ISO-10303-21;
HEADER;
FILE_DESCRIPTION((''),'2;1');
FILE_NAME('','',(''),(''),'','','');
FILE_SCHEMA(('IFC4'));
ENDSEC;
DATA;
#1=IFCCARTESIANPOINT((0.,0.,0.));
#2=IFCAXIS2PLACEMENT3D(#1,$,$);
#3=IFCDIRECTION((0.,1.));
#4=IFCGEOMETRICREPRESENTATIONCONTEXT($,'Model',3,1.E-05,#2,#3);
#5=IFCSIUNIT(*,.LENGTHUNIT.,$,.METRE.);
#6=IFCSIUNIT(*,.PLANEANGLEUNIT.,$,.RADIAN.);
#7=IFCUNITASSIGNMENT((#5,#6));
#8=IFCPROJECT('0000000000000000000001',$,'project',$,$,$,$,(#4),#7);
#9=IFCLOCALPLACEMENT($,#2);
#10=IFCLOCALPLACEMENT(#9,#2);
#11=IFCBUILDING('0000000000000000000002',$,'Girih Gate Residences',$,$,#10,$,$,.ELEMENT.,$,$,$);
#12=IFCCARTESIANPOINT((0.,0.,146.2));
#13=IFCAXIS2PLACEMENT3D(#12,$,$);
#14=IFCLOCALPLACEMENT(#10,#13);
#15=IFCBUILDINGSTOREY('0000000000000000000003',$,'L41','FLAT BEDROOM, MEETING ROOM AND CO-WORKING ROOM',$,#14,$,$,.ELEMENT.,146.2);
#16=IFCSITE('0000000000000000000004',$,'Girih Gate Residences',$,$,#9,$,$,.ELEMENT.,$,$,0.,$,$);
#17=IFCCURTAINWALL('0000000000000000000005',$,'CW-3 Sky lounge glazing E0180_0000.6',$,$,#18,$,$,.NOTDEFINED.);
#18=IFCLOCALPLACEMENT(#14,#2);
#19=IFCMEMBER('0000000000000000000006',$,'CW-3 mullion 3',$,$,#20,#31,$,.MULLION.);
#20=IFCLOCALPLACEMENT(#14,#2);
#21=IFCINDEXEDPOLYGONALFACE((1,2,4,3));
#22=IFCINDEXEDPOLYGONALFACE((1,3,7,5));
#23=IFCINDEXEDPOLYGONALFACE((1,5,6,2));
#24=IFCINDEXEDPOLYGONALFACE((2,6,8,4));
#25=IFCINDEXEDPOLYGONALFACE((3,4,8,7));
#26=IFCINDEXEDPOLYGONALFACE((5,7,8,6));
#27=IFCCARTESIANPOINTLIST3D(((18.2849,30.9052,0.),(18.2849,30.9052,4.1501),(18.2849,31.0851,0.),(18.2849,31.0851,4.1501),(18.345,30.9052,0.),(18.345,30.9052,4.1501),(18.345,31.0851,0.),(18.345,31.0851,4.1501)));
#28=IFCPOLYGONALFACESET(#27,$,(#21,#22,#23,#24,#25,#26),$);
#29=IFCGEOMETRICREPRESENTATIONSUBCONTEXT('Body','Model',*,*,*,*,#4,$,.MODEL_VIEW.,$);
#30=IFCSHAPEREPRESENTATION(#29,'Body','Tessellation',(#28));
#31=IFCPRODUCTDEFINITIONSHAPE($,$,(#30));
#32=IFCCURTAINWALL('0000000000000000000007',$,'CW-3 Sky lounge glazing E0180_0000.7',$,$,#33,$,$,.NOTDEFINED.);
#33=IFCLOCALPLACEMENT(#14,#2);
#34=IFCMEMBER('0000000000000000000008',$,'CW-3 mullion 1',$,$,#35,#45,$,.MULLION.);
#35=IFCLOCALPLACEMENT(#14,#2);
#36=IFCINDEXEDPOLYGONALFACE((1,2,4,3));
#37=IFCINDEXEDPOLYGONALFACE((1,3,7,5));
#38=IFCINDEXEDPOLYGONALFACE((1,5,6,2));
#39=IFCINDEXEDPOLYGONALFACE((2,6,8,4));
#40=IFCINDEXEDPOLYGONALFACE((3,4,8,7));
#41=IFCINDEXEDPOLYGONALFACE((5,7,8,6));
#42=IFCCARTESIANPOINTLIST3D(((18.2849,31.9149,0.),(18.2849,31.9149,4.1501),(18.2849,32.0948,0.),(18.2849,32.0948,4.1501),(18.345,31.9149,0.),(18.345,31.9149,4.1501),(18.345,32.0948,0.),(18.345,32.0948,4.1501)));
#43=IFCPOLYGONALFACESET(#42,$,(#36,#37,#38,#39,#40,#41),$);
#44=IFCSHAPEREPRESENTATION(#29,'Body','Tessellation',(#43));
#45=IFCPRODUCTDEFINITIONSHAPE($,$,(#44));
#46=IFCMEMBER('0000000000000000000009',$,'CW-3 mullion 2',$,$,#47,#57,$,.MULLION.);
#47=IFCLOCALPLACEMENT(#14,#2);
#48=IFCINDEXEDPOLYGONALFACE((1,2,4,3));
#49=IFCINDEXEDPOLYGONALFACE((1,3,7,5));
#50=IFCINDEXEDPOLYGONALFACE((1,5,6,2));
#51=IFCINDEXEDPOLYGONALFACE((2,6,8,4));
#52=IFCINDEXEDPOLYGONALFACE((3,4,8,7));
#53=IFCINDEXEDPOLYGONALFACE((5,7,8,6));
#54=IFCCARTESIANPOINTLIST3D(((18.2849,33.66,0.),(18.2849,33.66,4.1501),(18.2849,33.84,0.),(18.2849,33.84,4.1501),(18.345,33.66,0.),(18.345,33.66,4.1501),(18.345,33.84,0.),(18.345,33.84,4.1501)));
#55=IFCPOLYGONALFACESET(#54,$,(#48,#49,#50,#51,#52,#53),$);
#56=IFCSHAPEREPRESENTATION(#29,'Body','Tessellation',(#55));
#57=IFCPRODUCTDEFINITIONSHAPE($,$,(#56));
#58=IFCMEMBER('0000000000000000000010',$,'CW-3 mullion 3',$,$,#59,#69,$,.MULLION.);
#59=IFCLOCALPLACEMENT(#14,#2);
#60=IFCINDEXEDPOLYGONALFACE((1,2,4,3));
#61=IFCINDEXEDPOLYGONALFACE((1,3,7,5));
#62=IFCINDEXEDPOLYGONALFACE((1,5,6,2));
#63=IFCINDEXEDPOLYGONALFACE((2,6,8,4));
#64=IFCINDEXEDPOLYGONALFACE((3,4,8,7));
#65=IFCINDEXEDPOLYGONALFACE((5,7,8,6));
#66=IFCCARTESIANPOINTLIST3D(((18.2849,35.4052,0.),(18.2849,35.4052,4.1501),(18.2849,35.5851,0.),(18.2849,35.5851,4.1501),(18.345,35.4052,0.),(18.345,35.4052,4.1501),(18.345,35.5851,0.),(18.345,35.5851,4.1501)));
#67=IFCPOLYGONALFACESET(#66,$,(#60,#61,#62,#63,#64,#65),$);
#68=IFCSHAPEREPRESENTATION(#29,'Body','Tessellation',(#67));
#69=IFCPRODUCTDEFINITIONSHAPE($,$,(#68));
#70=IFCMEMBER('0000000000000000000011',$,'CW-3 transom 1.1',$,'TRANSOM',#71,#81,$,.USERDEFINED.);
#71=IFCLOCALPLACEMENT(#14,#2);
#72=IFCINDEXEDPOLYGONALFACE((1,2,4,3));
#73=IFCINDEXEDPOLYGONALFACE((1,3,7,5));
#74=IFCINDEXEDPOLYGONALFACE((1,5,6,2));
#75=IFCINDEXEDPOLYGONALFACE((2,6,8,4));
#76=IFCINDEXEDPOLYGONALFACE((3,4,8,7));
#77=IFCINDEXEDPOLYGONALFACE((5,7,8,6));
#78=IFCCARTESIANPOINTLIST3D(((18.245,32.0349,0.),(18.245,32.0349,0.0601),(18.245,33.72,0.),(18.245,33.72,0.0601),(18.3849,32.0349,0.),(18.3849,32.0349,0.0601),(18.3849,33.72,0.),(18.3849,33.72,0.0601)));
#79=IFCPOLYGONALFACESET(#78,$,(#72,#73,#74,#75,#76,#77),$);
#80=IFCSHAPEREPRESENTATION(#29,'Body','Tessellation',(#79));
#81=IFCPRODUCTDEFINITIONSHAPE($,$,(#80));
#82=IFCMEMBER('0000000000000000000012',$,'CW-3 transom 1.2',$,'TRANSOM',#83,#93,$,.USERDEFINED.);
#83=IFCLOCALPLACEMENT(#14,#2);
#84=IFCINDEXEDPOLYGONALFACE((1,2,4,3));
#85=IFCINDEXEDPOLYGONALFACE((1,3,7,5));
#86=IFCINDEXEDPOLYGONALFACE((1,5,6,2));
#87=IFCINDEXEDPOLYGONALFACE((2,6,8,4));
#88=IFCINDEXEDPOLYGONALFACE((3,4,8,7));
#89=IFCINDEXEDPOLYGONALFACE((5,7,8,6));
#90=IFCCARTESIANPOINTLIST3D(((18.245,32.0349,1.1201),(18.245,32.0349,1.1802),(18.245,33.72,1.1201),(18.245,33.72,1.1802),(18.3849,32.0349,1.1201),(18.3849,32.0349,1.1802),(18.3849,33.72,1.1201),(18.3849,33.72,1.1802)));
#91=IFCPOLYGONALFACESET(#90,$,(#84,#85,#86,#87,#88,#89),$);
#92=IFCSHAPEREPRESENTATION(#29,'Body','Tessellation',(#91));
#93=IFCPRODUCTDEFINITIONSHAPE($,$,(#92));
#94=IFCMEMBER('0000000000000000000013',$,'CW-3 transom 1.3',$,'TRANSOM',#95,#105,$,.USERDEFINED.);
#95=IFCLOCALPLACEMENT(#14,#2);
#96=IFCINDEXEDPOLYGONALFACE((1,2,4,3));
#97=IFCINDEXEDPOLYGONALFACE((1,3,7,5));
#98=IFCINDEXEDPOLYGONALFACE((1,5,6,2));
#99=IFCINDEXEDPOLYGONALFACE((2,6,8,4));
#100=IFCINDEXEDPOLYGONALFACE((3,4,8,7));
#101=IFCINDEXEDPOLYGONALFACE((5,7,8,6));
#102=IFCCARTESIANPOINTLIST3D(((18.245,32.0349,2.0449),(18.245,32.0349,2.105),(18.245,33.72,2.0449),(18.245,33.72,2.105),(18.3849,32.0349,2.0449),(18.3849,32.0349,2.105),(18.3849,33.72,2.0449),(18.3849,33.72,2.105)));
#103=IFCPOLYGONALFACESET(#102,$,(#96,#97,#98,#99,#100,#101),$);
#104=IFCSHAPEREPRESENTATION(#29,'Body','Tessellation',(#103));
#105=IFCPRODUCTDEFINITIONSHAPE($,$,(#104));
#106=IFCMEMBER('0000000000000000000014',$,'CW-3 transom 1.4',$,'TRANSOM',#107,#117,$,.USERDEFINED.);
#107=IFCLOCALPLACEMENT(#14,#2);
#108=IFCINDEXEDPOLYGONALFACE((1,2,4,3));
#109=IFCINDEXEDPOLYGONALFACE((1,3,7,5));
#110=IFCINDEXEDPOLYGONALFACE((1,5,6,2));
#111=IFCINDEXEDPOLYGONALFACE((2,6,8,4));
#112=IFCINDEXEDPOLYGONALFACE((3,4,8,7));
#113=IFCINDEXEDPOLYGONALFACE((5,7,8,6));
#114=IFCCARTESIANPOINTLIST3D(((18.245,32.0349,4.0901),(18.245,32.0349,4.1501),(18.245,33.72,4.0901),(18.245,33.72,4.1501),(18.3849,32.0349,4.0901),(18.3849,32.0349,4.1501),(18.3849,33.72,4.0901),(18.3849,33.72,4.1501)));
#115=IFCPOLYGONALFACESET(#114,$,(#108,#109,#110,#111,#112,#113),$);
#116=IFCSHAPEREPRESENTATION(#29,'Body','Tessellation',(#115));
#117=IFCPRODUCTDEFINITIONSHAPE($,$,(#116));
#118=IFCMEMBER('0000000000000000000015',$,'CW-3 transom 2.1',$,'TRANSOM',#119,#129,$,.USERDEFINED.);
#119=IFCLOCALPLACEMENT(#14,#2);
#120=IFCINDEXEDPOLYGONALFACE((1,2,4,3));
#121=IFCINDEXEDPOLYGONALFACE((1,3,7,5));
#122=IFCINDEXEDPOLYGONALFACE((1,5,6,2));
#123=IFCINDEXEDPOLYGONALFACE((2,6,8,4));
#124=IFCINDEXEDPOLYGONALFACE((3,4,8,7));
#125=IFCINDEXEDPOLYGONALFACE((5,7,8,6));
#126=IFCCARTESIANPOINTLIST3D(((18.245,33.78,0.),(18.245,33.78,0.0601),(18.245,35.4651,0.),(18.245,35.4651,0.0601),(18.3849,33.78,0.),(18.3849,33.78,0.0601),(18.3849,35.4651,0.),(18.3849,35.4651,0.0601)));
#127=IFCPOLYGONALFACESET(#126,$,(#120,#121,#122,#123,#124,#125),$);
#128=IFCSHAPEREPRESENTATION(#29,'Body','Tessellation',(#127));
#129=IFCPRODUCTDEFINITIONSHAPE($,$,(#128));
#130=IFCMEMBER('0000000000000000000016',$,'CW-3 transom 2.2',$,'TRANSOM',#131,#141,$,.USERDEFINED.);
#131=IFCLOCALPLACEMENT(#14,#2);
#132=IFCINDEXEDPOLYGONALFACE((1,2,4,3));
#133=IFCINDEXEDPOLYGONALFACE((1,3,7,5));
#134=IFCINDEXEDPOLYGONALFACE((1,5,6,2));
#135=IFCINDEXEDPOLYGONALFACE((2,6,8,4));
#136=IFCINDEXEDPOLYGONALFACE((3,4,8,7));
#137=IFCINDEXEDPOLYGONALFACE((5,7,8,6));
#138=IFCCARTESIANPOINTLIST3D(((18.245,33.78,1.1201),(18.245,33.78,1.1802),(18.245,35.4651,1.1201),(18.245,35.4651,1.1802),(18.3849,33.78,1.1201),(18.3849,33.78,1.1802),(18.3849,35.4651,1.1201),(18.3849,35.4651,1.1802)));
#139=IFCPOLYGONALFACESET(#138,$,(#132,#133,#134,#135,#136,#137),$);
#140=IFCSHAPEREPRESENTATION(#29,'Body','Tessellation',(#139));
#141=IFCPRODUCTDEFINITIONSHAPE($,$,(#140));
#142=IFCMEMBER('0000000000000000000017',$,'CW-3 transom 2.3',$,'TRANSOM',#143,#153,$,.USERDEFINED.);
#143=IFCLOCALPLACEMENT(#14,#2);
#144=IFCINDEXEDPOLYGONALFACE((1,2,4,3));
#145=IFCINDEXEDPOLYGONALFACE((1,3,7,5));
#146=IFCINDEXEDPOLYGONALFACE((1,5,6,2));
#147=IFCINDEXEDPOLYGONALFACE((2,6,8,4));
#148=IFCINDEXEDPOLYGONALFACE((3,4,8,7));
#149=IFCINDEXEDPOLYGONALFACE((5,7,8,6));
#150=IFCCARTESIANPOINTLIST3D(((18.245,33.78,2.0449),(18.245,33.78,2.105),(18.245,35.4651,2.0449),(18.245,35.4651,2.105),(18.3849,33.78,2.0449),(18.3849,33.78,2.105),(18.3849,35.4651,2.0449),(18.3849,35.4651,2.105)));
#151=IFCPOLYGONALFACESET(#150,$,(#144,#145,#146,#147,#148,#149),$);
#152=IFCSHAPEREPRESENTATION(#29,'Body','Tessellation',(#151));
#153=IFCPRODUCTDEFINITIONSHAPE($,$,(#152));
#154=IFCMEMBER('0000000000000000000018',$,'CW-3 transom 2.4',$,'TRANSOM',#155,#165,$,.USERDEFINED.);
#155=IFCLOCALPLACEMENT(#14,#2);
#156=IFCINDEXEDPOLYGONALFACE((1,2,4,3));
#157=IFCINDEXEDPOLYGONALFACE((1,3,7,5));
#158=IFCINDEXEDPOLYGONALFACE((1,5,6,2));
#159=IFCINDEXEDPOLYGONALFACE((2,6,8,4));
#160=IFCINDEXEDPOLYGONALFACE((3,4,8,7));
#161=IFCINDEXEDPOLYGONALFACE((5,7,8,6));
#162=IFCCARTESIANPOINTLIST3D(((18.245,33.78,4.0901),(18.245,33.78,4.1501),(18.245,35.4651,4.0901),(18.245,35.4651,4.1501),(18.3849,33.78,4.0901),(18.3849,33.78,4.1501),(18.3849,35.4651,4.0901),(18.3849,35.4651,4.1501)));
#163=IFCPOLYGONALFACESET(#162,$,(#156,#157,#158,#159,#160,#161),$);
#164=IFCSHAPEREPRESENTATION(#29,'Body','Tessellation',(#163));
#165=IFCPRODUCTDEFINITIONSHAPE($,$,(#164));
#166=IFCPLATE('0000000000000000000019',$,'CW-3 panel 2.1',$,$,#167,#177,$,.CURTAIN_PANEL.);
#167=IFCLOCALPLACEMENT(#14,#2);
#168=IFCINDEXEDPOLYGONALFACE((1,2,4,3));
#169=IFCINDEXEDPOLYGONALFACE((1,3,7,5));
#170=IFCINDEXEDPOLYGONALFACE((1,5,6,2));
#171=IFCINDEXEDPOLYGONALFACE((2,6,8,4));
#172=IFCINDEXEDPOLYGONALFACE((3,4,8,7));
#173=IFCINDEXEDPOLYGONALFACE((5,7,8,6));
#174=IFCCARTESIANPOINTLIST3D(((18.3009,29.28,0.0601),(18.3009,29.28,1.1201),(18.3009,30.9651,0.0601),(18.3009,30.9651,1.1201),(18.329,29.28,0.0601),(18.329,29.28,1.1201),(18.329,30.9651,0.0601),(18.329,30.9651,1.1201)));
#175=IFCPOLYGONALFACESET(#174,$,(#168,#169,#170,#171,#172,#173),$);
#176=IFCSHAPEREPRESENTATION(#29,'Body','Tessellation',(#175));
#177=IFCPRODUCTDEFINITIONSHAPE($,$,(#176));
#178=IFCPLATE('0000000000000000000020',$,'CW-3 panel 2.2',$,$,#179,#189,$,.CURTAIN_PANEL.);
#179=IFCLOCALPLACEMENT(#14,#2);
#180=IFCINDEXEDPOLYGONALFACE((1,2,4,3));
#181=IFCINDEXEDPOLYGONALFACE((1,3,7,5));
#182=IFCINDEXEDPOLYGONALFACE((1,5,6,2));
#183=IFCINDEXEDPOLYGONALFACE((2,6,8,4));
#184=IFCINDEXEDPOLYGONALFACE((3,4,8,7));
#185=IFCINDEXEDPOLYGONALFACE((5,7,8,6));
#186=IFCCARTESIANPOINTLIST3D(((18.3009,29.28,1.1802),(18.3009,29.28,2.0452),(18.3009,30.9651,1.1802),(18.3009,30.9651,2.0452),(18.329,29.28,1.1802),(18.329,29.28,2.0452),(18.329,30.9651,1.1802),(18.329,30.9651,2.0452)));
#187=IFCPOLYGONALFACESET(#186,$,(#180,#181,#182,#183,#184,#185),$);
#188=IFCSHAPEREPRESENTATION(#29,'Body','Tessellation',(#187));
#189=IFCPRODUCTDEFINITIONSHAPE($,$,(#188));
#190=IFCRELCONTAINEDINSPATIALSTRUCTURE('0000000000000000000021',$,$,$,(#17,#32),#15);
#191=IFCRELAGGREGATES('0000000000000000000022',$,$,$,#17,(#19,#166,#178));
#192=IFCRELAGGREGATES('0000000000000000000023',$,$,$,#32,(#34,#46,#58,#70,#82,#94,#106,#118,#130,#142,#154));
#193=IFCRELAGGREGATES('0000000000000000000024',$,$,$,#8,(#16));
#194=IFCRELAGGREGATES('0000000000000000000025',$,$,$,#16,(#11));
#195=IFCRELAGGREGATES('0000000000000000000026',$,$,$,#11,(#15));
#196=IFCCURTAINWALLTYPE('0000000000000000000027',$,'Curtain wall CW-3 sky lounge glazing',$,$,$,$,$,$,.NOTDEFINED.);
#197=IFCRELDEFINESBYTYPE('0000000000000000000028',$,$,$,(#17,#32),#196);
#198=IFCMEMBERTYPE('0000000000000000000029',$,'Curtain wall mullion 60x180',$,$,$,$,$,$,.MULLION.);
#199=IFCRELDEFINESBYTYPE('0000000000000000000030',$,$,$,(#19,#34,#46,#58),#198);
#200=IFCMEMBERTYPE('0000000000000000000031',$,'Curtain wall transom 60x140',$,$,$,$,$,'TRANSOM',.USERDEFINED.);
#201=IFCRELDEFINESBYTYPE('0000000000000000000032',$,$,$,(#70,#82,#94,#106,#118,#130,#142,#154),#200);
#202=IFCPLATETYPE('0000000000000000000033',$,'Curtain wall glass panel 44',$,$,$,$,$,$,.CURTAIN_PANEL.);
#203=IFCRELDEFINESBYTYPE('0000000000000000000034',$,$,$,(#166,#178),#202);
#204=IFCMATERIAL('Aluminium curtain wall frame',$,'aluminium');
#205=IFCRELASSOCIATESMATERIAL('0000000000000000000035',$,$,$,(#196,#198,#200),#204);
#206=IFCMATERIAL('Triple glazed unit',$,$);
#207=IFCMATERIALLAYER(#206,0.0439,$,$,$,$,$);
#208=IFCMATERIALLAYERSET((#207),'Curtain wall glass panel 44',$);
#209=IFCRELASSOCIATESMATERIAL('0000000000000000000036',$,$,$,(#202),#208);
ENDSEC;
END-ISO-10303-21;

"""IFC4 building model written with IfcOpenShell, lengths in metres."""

from ifc_helpers import new_model, si_unit, direction, frame, origin, origin_2d, place, context, subcontext, project, spatial, rectangle, extrude, material, layer, layer_set, material_profile, profile_set, type_object, element, aggregate, save


model = new_model("IFC4")

# Units and contexts
model_context = context("Model", 3, precision=1e-05, world=origin(), true_north=direction((0.0, 1.0)))
body_context = subcontext(model_context, "Body", "Model", "MODEL_VIEW")
ifc_project = project(units=[si_unit("LENGTHUNIT", "METRE"), si_unit("PLANEANGLEUNIT", "RADIAN")], contexts=[model_context])

# Site, building, storey
site_placement = place(None, origin())
site = spatial("IfcSite", under=ifc_project, at=site_placement, Name="Girih Gate Residences", CompositionType="ELEMENT", RefElevation=0.0)
building_placement = place(site_placement, origin())
building = spatial("IfcBuilding", under=site, at=building_placement, Name="Girih Gate Residences", CompositionType="ELEMENT")
storey_placement = place(building_placement, frame((0.0, 0.0, 146.2)))
storey = spatial("IfcBuildingStorey", under=building, at=storey_placement, Name="L41", Description="FLAT BEDROOM, MEETING ROOM AND CO-WORKING ROOM", CompositionType="ELEMENT", Elevation=146.2)

# Curtain wall, member
ifc_material_1 = material(Name="Aluminium curtain wall frame", Category="aluminium")
curtain_wall_type = type_object("IfcCurtainWallType", Name="Curtain wall CW-3 sky lounge glazing", PredefinedType="NOTDEFINED", material=ifc_material_1)
curtain_wall_1_placement = place(storey_placement, origin())
curtain_wall_1 = element("IfcCurtainWall", 1, at=curtain_wall_1_placement, inside=storey, type_object=curtain_wall_type, Name="CW-3 Sky lounge glazing E0180_0000.6", PredefinedType="NOTDEFINED")
ifc_material_profile_1 = material_profile(ifc_material_1, rectangle(XDim=0.0601, YDim=0.1799, at=origin_2d()))
ifc_profile_set_1 = profile_set([ifc_material_profile_1], Name="Aluminium curtain wall frame")
member_type_1 = type_object("IfcMemberType", Name="Curtain wall mullion 60x180", PredefinedType="MULLION", material=ifc_profile_set_1)
member_1_placement = place(storey_placement, frame((18.3149, 30.9951, 0.0), z_axis=(0.0, 0.0, 1.0), x_axis=(-1.0, 0.0, 0.0)))
member_1 = element("IfcMember", 2, at=member_1_placement, type_object=member_type_1, Name="CW-3 mullion 3", PredefinedType="MULLION", context=body_context, shape_type="SweptSolid", body=[
    extrude(rectangle(XDim=0.0601, YDim=0.1799, at=origin_2d()), origin(), (0.0, 0.0, 1.0), 4.1501),
])

# Curtain wall, members
curtain_wall_2_placement = place(storey_placement, origin())
curtain_wall_2 = element("IfcCurtainWall", 3, at=curtain_wall_2_placement, inside=storey, type_object=curtain_wall_type, Name="CW-3 Sky lounge glazing E0180_0000.7", PredefinedType="NOTDEFINED")
member_2_placement = place(storey_placement, frame((18.3149, 32.0049, 0.0), z_axis=(0.0, 0.0, 1.0), x_axis=(-1.0, 0.0, 0.0)))
member_2 = element("IfcMember", 4, at=member_2_placement, type_object=member_type_1, Name="CW-3 mullion 1", PredefinedType="MULLION", context=body_context, shape_type="SweptSolid", body=[
    extrude(rectangle(XDim=0.0601, YDim=0.1799, at=origin_2d()), origin(), (0.0, 0.0, 1.0), 4.1501),
])
member_3_placement = place(storey_placement, frame((18.3149, 33.75, 0.0), z_axis=(0.0, 0.0, 1.0), x_axis=(-1.0, 0.0, 0.0)))
member_3 = element("IfcMember", 5, at=member_3_placement, type_object=member_type_1, Name="CW-3 mullion 2", PredefinedType="MULLION", context=body_context, shape_type="SweptSolid", body=[
    extrude(rectangle(XDim=0.0601, YDim=0.1799, at=origin_2d()), origin(), (0.0, 0.0, 1.0), 4.1501),
])
member_4_placement = place(storey_placement, frame((18.3149, 35.4951, 0.0), z_axis=(0.0, 0.0, 1.0), x_axis=(-1.0, 0.0, 0.0)))
member_4 = element("IfcMember", 6, at=member_4_placement, type_object=member_type_1, Name="CW-3 mullion 3", PredefinedType="MULLION", context=body_context, shape_type="SweptSolid", body=[
    extrude(rectangle(XDim=0.0601, YDim=0.1799, at=origin_2d()), origin(), (0.0, 0.0, 1.0), 4.1501),
])
ifc_material_profile_2 = material_profile(ifc_material_1, rectangle(XDim=0.1399, YDim=0.0601, at=origin_2d()))
ifc_profile_set_2 = profile_set([ifc_material_profile_2], Name="Aluminium curtain wall frame")
member_type_2 = type_object("IfcMemberType", Name="Curtain wall transom 60x140", ElementType="TRANSOM", PredefinedType="USERDEFINED", material=ifc_profile_set_2)
member_5_placement = place(storey_placement, frame((18.3149, 32.0349, 0.03), z_axis=(0.0, 1.0, 0.0), x_axis=(-1.0, 0.0, 0.0)))
member_5 = element("IfcMember", 7, at=member_5_placement, type_object=member_type_2, Name="CW-3 transom 1.1", ObjectType="TRANSOM", PredefinedType="USERDEFINED", context=body_context, shape_type="SweptSolid", body=[
    extrude(rectangle(XDim=0.1399, YDim=0.0601, at=origin_2d()), origin(), (0.0, 0.0, 1.0), 1.6851),
])
member_6_placement = place(storey_placement, frame((18.3149, 32.0349, 1.1501), z_axis=(0.0, 1.0, 0.0), x_axis=(-1.0, 0.0, 0.0)))
member_6 = element("IfcMember", 8, at=member_6_placement, type_object=member_type_2, Name="CW-3 transom 1.2", ObjectType="TRANSOM", PredefinedType="USERDEFINED", context=body_context, shape_type="SweptSolid", body=[
    extrude(rectangle(XDim=0.1399, YDim=0.0601, at=origin_2d()), origin(), (0.0, 0.0, 1.0), 1.6851),
])
member_7_placement = place(storey_placement, frame((18.3149, 32.0349, 2.075), z_axis=(0.0, 1.0, 0.0), x_axis=(-1.0, 0.0, 0.0)))
member_7 = element("IfcMember", 9, at=member_7_placement, type_object=member_type_2, Name="CW-3 transom 1.3", ObjectType="TRANSOM", PredefinedType="USERDEFINED", context=body_context, shape_type="SweptSolid", body=[
    extrude(rectangle(XDim=0.1399, YDim=0.0601, at=origin_2d()), origin(), (0.0, 0.0, 1.0), 1.6851),
])
member_8_placement = place(storey_placement, frame((18.3149, 32.0349, 4.1201), z_axis=(0.0, 1.0, 0.0), x_axis=(-1.0, 0.0, 0.0)))
member_8 = element("IfcMember", 10, at=member_8_placement, type_object=member_type_2, Name="CW-3 transom 1.4", ObjectType="TRANSOM", PredefinedType="USERDEFINED", context=body_context, shape_type="SweptSolid", body=[
    extrude(rectangle(XDim=0.1399, YDim=0.0601, at=origin_2d()), origin(), (0.0, 0.0, 1.0), 1.6851),
])
member_9_placement = place(storey_placement, frame((18.3149, 33.78, 0.03), z_axis=(0.0, 1.0, 0.0), x_axis=(-1.0, 0.0, 0.0)))
member_9 = element("IfcMember", 11, at=member_9_placement, type_object=member_type_2, Name="CW-3 transom 2.1", ObjectType="TRANSOM", PredefinedType="USERDEFINED", context=body_context, shape_type="SweptSolid", body=[
    extrude(rectangle(XDim=0.1399, YDim=0.0601, at=origin_2d()), origin(), (0.0, 0.0, 1.0), 1.6851),
])
member_10_placement = place(storey_placement, frame((18.3149, 33.78, 1.1501), z_axis=(0.0, 1.0, 0.0), x_axis=(-1.0, 0.0, 0.0)))
member_10 = element("IfcMember", 12, at=member_10_placement, type_object=member_type_2, Name="CW-3 transom 2.2", ObjectType="TRANSOM", PredefinedType="USERDEFINED", context=body_context, shape_type="SweptSolid", body=[
    extrude(rectangle(XDim=0.1399, YDim=0.0601, at=origin_2d()), origin(), (0.0, 0.0, 1.0), 1.6851),
])
member_11_placement = place(storey_placement, frame((18.3149, 33.78, 2.075), z_axis=(0.0, 1.0, 0.0), x_axis=(-1.0, 0.0, 0.0)))
member_11 = element("IfcMember", 13, at=member_11_placement, type_object=member_type_2, Name="CW-3 transom 2.3", ObjectType="TRANSOM", PredefinedType="USERDEFINED", context=body_context, shape_type="SweptSolid", body=[
    extrude(rectangle(XDim=0.1399, YDim=0.0601, at=origin_2d()), origin(), (0.0, 0.0, 1.0), 1.6851),
])
member_12_placement = place(storey_placement, frame((18.3149, 33.78, 4.1201), z_axis=(0.0, 1.0, 0.0), x_axis=(-1.0, 0.0, 0.0)))
member_12 = element("IfcMember", 14, at=member_12_placement, type_object=member_type_2, Name="CW-3 transom 2.4", ObjectType="TRANSOM", PredefinedType="USERDEFINED", context=body_context, shape_type="SweptSolid", body=[
    extrude(rectangle(XDim=0.1399, YDim=0.0601, at=origin_2d()), origin(), (0.0, 0.0, 1.0), 1.6851),
])

# Plates
ifc_material_2 = material(Name="Triple glazed unit")
ifc_layer = layer(ifc_material_2, 0.0439)
ifc_layer_set = layer_set([ifc_layer], Name="Curtain wall glass panel 44")
plate_type = type_object("IfcPlateType", Name="Curtain wall glass panel 44", PredefinedType="CURTAIN_PANEL", material=ifc_layer_set)
plate_1_placement = place(storey_placement, frame((18.3149, 30.1226, 0.0601), z_axis=(0.0, 0.0, 1.0), x_axis=(0.0, 1.0, 0.0)))
plate_1 = element("IfcPlate", 15, at=plate_1_placement, type_object=plate_type, Name="CW-3 panel 2.1", PredefinedType="CURTAIN_PANEL", context=body_context, shape_type="SweptSolid", body=[
    extrude(rectangle(XDim=1.6851, YDim=0.0281, at=origin_2d()), origin(), (0.0, 0.0, 1.0), 1.0601),
])
plate_2_placement = place(storey_placement, frame((18.3149, 30.1226, 1.1802), z_axis=(0.0, 0.0, 1.0), x_axis=(0.0, 1.0, 0.0)))
plate_2 = element("IfcPlate", 16, at=plate_2_placement, type_object=plate_type, Name="CW-3 panel 2.2", PredefinedType="CURTAIN_PANEL", context=body_context, shape_type="SweptSolid", body=[
    extrude(rectangle(XDim=1.6851, YDim=0.0281, at=origin_2d()), origin(), (0.0, 0.0, 1.0), 0.865),
])
aggregate(curtain_wall_1, [member_1, plate_1, plate_2])
aggregate(curtain_wall_2, [member_2, member_3, member_4, member_5, member_6, member_7, member_8, member_9, member_10, member_11, member_12])

save(model, "model.ifc")
